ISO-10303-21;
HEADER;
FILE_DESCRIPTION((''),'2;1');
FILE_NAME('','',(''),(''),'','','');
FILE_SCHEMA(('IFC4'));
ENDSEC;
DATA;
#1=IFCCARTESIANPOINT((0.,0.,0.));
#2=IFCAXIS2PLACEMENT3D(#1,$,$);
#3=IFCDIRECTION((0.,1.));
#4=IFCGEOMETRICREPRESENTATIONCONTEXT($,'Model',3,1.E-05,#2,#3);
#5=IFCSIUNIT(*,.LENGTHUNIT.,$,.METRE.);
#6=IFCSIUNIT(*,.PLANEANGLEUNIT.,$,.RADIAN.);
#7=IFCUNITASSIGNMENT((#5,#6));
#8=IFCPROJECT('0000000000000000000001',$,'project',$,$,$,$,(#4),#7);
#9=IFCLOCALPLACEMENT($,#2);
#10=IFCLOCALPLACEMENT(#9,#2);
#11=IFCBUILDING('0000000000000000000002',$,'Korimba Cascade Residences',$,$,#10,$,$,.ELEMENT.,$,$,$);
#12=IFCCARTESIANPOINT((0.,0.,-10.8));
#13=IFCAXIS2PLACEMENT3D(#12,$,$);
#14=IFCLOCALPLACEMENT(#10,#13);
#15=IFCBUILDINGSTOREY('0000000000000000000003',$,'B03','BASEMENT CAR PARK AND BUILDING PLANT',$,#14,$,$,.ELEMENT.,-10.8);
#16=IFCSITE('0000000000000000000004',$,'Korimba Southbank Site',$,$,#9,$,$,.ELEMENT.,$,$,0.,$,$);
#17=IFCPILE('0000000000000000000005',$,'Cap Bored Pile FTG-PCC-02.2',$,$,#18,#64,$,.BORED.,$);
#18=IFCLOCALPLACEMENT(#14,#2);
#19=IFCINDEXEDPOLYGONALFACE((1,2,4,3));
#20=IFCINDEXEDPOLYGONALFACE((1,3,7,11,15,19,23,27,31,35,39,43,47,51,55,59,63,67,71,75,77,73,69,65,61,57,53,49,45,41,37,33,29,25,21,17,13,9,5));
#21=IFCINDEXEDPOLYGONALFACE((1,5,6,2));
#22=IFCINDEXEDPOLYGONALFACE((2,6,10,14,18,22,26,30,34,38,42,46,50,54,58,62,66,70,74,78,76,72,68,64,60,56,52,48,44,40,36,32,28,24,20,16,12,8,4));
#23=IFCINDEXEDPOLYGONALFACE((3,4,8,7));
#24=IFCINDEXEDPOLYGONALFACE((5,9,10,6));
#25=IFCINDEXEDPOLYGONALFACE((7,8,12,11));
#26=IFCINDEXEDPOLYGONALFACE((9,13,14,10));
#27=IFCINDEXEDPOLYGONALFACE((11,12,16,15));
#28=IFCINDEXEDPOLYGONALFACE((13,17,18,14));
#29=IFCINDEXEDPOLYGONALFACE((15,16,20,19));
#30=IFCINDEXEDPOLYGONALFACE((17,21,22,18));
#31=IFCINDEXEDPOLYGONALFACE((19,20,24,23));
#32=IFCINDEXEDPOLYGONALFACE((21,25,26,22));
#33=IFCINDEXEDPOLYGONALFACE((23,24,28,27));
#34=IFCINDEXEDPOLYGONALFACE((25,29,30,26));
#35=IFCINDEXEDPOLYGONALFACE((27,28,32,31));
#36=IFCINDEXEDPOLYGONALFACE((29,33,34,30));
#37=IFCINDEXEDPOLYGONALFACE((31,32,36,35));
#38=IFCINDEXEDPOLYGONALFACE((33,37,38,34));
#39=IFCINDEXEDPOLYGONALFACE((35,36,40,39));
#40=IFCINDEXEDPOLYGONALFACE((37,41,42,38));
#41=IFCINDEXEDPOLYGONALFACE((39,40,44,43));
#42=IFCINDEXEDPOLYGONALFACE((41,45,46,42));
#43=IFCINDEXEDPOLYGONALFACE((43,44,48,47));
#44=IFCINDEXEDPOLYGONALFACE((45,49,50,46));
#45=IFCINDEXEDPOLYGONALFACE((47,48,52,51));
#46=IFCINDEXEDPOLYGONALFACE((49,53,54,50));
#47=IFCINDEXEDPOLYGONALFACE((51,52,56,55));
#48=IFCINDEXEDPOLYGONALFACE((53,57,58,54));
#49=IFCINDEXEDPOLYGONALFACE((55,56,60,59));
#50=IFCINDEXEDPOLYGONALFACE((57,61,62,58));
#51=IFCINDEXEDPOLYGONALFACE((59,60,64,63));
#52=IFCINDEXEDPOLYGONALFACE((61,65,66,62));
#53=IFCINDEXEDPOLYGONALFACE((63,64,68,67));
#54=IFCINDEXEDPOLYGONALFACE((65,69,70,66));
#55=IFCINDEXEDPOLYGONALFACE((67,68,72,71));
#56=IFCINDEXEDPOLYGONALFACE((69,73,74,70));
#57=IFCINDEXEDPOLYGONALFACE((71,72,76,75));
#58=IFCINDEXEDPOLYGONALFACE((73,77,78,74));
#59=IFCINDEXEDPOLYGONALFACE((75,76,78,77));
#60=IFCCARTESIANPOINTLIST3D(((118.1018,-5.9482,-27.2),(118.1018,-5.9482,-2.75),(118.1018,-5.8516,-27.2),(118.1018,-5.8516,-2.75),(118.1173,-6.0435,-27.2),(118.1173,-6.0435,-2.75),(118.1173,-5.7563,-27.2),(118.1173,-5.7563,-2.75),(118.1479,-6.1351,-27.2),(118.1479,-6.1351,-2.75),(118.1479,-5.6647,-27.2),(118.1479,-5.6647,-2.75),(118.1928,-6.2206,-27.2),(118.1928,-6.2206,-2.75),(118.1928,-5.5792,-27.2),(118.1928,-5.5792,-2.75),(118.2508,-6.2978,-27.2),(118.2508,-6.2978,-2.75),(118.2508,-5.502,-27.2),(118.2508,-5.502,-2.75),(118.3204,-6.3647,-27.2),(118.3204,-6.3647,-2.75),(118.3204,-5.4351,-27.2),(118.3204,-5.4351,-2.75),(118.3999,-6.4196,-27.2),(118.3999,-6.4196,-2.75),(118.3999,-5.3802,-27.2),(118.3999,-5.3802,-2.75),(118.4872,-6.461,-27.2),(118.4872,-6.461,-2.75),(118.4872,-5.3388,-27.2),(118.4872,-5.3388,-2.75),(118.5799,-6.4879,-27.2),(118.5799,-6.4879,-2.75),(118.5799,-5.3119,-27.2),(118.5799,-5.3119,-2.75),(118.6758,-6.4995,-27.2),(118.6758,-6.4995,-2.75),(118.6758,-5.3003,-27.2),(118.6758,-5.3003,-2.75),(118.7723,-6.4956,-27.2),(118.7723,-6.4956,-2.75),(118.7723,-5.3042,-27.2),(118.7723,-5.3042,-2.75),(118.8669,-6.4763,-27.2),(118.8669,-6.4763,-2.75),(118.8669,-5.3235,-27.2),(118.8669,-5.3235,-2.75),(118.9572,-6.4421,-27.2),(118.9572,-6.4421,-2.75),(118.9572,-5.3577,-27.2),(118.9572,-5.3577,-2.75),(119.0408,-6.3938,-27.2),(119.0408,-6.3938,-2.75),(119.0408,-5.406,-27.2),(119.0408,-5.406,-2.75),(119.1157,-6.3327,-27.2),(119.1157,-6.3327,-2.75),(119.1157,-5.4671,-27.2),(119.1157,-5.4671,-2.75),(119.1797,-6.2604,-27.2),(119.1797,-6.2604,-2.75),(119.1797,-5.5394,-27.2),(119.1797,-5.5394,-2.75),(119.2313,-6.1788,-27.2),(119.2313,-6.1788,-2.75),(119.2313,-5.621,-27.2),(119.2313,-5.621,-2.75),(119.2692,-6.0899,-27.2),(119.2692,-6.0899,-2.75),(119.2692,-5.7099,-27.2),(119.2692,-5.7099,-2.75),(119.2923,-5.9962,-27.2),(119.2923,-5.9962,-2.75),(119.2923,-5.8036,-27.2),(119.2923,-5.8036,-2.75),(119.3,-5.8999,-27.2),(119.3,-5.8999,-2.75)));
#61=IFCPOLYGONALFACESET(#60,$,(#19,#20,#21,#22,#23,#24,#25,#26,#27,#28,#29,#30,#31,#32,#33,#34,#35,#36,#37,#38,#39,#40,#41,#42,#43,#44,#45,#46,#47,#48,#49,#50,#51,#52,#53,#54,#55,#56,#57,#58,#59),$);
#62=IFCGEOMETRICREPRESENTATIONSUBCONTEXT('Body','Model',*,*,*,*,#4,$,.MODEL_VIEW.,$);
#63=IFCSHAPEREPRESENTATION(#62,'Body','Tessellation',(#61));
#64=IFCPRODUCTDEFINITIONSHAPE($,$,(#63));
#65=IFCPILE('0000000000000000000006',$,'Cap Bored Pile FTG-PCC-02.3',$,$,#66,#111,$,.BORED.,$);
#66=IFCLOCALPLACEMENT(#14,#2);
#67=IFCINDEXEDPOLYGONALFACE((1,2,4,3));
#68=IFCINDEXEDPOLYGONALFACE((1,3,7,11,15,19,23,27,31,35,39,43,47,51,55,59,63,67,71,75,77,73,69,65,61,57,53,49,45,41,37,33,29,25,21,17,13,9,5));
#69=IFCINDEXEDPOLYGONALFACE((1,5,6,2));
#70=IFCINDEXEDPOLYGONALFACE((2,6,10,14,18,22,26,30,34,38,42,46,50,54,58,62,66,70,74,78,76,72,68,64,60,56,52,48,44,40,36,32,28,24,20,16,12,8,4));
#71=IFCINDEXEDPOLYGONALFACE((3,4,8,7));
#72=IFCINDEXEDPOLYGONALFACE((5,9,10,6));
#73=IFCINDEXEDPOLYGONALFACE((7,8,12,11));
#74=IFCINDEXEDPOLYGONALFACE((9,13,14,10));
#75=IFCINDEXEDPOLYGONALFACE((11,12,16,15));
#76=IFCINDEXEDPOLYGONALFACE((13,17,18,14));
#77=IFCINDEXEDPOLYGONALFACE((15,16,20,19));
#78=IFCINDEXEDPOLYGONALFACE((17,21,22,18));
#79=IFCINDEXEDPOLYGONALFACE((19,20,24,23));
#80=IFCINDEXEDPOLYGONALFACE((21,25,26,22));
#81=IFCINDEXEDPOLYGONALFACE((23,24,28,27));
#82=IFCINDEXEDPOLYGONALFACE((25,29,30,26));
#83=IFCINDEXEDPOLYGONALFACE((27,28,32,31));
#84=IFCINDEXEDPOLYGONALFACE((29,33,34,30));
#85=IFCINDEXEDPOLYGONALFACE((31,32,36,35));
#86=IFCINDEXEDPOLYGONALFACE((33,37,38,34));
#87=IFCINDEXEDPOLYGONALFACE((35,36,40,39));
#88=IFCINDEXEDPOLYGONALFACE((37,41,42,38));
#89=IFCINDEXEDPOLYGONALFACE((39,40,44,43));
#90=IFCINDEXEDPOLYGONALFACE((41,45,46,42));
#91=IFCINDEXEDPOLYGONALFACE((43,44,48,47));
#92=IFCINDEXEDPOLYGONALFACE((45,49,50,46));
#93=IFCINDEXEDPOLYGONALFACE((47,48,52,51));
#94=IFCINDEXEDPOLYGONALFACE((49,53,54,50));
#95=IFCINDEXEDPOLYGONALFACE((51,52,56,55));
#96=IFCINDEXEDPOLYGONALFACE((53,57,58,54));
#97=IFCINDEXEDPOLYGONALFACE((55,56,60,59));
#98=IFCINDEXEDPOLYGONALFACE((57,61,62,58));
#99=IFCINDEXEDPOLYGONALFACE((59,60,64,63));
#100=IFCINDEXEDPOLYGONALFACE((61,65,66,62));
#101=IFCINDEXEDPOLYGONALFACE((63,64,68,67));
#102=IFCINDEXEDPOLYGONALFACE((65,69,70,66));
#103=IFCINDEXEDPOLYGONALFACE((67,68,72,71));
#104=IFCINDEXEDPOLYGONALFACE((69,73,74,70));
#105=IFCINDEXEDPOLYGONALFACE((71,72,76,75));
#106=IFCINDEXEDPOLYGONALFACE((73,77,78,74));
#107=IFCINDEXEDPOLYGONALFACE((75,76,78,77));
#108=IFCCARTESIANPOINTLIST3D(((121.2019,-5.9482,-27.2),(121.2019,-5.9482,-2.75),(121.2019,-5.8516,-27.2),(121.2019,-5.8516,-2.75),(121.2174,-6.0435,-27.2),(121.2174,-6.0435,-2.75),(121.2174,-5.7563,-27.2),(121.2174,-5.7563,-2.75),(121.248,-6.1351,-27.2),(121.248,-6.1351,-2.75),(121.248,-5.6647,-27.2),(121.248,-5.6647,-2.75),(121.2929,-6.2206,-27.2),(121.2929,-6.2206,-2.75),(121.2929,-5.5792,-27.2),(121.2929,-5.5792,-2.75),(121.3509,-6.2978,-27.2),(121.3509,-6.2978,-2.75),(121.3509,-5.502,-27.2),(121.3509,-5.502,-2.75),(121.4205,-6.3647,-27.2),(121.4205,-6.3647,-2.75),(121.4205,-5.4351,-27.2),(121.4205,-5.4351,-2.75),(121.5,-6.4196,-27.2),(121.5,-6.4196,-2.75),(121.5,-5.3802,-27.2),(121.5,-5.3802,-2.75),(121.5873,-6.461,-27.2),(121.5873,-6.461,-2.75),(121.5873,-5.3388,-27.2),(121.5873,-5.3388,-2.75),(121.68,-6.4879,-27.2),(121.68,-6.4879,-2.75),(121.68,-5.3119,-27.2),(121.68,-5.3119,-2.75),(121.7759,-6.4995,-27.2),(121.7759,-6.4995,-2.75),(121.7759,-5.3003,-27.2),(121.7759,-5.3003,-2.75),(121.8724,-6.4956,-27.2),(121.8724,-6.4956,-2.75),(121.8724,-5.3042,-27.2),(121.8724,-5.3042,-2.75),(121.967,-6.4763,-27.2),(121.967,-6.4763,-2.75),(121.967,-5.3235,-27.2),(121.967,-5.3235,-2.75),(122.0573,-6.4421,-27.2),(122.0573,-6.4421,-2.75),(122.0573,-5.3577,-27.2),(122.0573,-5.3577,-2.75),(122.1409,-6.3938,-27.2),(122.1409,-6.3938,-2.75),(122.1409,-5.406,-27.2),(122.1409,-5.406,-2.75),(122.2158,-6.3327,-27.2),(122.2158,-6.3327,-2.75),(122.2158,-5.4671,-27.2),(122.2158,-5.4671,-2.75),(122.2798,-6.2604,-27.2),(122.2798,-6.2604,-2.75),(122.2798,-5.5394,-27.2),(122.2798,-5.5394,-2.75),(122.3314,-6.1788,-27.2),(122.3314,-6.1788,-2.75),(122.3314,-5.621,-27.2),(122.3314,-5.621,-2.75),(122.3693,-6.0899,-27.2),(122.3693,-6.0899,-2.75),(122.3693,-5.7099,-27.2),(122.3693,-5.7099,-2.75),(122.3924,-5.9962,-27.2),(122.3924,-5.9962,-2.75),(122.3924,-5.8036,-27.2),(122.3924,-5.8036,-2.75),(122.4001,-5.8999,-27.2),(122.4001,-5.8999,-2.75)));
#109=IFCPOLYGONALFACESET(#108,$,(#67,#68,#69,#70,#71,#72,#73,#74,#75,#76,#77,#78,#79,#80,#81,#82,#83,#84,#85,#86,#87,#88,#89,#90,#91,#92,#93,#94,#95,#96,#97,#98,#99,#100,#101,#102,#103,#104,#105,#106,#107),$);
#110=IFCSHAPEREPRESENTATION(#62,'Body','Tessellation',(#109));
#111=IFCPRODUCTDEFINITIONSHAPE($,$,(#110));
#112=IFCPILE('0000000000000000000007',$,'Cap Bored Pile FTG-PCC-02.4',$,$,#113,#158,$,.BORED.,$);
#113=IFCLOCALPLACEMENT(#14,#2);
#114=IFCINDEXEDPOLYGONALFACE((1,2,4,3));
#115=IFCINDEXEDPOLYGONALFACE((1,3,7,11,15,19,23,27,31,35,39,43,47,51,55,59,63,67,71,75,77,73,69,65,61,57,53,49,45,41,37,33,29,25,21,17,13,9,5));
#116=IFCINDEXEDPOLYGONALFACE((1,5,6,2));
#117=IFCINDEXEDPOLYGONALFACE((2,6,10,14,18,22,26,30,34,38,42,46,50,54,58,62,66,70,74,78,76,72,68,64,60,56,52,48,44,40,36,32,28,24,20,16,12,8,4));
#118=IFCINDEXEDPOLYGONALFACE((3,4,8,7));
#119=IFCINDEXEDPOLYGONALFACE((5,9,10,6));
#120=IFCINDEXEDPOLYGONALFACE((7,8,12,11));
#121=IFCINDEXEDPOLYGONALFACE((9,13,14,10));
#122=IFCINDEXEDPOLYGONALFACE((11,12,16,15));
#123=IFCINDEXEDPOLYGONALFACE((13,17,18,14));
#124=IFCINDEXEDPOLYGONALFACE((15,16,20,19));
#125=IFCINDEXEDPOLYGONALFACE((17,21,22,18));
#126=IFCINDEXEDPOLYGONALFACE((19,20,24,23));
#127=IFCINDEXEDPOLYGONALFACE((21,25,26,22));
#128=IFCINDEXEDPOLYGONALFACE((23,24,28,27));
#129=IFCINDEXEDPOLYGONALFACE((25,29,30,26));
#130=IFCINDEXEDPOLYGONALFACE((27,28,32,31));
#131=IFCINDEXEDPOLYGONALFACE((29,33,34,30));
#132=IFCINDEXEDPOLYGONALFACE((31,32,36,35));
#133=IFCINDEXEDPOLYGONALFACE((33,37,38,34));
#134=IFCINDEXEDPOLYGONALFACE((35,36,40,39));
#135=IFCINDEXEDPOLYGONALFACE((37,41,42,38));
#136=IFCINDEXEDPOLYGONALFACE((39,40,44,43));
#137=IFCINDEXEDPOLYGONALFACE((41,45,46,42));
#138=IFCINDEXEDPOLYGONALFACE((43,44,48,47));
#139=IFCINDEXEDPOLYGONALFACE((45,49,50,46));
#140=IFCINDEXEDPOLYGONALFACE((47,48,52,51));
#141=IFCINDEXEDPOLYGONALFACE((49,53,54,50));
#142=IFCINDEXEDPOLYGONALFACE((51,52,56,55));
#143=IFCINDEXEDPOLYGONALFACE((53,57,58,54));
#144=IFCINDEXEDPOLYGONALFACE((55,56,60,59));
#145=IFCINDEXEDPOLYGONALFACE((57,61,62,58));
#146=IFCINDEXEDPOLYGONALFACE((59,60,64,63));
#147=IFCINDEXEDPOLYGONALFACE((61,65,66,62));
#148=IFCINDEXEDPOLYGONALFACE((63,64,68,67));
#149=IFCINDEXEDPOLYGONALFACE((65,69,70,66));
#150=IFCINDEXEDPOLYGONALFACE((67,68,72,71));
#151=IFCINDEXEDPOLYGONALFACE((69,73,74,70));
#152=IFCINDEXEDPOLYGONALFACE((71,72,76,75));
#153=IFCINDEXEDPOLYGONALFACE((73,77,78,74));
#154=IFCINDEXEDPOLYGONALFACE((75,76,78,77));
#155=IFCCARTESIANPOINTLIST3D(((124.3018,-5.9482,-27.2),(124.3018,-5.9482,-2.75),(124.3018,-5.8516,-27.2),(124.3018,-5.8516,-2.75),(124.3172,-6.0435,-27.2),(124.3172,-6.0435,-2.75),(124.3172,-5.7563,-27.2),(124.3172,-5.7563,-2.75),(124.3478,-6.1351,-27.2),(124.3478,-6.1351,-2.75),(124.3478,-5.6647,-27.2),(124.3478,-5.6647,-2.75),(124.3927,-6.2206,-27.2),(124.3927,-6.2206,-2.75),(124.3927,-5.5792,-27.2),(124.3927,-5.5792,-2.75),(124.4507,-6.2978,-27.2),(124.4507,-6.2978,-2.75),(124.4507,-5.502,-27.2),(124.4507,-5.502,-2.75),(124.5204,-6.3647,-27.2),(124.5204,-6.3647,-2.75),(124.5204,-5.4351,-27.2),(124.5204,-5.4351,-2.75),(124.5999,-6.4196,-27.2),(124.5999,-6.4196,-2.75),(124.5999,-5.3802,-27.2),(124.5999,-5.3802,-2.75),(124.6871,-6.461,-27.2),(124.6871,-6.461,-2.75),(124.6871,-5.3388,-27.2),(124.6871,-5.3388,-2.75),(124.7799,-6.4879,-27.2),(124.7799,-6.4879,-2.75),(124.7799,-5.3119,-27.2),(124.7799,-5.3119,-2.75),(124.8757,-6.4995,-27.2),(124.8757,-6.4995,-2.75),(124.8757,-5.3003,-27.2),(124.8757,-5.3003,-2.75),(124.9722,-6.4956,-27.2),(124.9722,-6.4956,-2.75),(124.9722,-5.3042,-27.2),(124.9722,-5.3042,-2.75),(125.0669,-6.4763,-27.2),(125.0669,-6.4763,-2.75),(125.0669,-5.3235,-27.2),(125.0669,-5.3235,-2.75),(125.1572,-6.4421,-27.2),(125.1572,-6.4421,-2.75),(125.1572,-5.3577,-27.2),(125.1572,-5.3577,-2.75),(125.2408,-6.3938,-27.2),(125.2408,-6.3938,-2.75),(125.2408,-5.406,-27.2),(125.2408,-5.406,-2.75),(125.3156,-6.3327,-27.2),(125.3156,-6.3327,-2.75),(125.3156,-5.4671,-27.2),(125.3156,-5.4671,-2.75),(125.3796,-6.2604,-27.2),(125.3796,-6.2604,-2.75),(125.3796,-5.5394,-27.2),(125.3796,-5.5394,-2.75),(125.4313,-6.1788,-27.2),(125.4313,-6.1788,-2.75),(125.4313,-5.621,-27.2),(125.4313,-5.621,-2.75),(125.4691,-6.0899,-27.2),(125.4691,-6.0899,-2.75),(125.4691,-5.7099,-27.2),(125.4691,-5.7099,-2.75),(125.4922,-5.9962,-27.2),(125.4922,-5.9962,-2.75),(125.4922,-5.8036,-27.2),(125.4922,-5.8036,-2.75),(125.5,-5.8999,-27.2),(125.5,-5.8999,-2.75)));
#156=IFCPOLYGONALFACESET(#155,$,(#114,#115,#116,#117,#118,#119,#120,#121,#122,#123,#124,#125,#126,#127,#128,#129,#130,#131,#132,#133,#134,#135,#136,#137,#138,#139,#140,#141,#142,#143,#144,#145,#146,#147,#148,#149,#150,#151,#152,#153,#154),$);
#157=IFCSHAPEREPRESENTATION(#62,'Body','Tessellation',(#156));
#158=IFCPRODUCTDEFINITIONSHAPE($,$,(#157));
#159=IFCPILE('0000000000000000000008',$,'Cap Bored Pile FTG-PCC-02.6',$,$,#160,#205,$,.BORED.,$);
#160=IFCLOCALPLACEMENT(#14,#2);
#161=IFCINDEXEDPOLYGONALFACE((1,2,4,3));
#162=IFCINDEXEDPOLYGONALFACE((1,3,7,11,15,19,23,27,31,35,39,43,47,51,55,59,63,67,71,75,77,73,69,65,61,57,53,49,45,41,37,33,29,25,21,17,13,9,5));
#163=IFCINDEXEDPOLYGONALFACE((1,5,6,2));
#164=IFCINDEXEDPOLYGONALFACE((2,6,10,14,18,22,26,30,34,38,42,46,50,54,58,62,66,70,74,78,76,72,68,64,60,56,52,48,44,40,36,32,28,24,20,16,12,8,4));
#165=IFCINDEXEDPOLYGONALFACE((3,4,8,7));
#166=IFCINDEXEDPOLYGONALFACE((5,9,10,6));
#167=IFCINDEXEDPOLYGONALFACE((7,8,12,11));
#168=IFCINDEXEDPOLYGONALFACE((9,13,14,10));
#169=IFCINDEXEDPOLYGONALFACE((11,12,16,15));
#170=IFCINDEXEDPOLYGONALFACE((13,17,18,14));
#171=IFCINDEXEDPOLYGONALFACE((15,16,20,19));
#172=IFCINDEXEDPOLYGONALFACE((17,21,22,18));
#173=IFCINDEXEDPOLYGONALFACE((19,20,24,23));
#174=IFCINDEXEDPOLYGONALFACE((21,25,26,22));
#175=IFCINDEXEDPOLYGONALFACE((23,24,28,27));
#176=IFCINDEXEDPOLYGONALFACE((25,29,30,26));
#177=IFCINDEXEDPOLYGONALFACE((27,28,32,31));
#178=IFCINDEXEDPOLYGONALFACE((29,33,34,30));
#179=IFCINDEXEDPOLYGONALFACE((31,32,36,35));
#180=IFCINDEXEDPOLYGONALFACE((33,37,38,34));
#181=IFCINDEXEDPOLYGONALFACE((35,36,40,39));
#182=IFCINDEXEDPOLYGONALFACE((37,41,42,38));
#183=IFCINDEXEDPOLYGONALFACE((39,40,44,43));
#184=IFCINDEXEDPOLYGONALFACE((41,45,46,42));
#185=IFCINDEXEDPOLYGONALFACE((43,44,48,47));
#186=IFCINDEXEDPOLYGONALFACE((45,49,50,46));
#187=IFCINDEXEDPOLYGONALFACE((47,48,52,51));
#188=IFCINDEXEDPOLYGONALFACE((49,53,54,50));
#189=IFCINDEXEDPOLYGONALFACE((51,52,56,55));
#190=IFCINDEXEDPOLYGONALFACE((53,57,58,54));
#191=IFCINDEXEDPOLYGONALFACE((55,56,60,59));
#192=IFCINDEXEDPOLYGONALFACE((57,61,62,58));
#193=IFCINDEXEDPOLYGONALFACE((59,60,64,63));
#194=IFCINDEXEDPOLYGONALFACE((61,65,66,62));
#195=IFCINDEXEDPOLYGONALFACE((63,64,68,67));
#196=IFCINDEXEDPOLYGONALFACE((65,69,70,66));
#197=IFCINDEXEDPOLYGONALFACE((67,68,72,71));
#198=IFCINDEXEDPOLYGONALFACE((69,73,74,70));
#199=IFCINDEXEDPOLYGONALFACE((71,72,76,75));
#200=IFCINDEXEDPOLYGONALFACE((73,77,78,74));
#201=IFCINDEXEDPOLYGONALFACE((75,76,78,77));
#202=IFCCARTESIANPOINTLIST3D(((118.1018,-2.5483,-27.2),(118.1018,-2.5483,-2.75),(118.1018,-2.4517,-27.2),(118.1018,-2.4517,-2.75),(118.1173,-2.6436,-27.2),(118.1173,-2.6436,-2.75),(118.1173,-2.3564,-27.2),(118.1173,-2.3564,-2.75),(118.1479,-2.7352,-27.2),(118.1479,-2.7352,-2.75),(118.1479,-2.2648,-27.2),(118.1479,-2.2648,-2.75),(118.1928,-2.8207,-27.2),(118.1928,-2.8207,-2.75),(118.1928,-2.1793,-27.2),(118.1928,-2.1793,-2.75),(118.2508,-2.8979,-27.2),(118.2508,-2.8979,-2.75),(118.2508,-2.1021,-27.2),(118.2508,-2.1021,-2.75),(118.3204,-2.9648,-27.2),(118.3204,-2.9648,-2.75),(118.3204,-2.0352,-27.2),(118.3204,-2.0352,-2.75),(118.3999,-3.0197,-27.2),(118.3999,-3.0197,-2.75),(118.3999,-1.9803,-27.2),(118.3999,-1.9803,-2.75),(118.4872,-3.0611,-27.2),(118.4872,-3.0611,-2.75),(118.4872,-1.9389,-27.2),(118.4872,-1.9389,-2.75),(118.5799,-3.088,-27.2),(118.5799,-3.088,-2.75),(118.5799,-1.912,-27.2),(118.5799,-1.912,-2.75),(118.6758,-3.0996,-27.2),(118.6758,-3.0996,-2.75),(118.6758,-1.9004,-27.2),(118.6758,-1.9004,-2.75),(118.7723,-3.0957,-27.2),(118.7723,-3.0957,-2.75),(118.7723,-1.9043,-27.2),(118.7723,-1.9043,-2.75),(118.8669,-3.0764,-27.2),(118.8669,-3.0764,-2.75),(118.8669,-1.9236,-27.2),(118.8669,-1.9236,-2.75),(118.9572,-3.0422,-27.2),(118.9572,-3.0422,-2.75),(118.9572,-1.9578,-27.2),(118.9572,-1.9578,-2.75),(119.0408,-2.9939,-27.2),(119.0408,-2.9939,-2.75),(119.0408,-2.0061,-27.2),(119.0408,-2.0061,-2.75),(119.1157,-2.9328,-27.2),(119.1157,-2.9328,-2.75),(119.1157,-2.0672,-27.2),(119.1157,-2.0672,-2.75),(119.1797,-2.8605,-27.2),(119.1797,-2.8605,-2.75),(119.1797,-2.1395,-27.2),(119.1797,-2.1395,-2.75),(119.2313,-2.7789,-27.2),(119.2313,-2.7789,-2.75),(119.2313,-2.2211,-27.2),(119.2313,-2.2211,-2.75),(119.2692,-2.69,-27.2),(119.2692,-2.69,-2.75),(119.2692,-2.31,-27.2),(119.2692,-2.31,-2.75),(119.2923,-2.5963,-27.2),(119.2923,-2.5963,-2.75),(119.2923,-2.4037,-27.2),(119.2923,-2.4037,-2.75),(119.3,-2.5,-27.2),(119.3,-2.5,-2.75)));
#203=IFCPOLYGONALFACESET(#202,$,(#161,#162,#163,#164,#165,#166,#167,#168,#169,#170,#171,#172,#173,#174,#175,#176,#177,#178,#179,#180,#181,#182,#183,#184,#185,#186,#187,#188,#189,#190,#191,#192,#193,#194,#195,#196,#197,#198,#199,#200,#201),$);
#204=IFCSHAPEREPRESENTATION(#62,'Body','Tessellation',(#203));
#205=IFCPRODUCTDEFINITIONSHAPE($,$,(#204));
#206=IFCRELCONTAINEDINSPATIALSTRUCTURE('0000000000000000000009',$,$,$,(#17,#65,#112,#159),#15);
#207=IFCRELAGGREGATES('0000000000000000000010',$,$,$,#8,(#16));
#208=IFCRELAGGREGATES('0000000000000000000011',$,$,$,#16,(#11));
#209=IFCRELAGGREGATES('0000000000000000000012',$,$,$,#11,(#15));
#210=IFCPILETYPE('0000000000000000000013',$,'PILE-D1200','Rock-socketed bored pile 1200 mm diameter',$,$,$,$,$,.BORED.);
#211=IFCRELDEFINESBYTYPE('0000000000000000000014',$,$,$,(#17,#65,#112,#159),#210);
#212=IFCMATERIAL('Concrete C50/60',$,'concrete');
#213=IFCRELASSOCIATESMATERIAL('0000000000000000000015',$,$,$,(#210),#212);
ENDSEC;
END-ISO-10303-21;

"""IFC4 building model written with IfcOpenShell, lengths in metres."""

from ifc_helpers import new_model, si_unit, direction, frame, origin, origin_2d, place, context, subcontext, project, spatial, circle, extrude, material, material_profile, profile_set, type_object, element, save


model = new_model("IFC4")

# Units and contexts
model_context = context("Model", 3, precision=1e-05, world=origin(), true_north=direction((0.0, 1.0)))
body_context = subcontext(model_context, "Body", "Model", "MODEL_VIEW")
ifc_project = project(units=[si_unit("LENGTHUNIT", "METRE"), si_unit("PLANEANGLEUNIT", "RADIAN")], contexts=[model_context])

# Site, building, storey
site_placement = place(None, origin())
site = spatial("IfcSite", under=ifc_project, at=site_placement, Name="Korimba Southbank Site", CompositionType="ELEMENT", RefElevation=0.0)
building_placement = place(site_placement, origin())
building = spatial("IfcBuilding", under=site, at=building_placement, Name="Korimba Cascade Residences", CompositionType="ELEMENT")
storey_placement = place(building_placement, frame((0.0, 0.0, -10.8)))
storey = spatial("IfcBuildingStorey", under=building, at=storey_placement, Name="B03", Description="BASEMENT CAR PARK AND BUILDING PLANT", CompositionType="ELEMENT", Elevation=-10.8)

# Piles
ifc_material_1 = material(Name="Concrete C50/60", Category="concrete")
ifc_material_profile_1 = material_profile(ifc_material_1, circle(Radius=0.6001, at=origin_2d()), Name="Concrete C50/60")
ifc_profile_set_1 = profile_set([ifc_material_profile_1], Name="Concrete C50/60")
pile_type = type_object("IfcPileType", Name="PILE-D1200", Description="Rock-socketed bored pile 1200 mm diameter", PredefinedType="BORED", material=ifc_profile_set_1)
for number, where, z_axis, x_axis, name in (
    (1, (118.7, -5.8999, -2.75), (0.0, 0.0, -1.0), (1.0, 0.0, 0.0), "Cap Bored Pile FTG-PCC-02.2"),
    (2, (121.8, -5.8999, -2.75), (0.0, 0.0, -1.0), (1.0, 0.0, 0.0), "Cap Bored Pile FTG-PCC-02.3"),
    (3, (124.8999, -5.8999, -2.75), (0.0, 0.0, -1.0), (1.0, 0.0, 0.0), "Cap Bored Pile FTG-PCC-02.4"),
    (4, (118.7, -2.5, -2.75), (0.0, 0.0, -1.0), (1.0, 0.0, 0.0), "Cap Bored Pile FTG-PCC-02.6"),
):
    element("IfcPile", number, at=place(storey_placement, frame(where, z_axis=z_axis, x_axis=x_axis)), inside=storey, type_object=pile_type, Name=name, PredefinedType="BORED", context=body_context, shape_type="SweptSolid", body=[
        extrude(circle(Radius=0.6001, at=origin_2d()), origin(), (0.0, 0.0, 1.0), 24.45),
    ])

save(model, "model.ifc")
